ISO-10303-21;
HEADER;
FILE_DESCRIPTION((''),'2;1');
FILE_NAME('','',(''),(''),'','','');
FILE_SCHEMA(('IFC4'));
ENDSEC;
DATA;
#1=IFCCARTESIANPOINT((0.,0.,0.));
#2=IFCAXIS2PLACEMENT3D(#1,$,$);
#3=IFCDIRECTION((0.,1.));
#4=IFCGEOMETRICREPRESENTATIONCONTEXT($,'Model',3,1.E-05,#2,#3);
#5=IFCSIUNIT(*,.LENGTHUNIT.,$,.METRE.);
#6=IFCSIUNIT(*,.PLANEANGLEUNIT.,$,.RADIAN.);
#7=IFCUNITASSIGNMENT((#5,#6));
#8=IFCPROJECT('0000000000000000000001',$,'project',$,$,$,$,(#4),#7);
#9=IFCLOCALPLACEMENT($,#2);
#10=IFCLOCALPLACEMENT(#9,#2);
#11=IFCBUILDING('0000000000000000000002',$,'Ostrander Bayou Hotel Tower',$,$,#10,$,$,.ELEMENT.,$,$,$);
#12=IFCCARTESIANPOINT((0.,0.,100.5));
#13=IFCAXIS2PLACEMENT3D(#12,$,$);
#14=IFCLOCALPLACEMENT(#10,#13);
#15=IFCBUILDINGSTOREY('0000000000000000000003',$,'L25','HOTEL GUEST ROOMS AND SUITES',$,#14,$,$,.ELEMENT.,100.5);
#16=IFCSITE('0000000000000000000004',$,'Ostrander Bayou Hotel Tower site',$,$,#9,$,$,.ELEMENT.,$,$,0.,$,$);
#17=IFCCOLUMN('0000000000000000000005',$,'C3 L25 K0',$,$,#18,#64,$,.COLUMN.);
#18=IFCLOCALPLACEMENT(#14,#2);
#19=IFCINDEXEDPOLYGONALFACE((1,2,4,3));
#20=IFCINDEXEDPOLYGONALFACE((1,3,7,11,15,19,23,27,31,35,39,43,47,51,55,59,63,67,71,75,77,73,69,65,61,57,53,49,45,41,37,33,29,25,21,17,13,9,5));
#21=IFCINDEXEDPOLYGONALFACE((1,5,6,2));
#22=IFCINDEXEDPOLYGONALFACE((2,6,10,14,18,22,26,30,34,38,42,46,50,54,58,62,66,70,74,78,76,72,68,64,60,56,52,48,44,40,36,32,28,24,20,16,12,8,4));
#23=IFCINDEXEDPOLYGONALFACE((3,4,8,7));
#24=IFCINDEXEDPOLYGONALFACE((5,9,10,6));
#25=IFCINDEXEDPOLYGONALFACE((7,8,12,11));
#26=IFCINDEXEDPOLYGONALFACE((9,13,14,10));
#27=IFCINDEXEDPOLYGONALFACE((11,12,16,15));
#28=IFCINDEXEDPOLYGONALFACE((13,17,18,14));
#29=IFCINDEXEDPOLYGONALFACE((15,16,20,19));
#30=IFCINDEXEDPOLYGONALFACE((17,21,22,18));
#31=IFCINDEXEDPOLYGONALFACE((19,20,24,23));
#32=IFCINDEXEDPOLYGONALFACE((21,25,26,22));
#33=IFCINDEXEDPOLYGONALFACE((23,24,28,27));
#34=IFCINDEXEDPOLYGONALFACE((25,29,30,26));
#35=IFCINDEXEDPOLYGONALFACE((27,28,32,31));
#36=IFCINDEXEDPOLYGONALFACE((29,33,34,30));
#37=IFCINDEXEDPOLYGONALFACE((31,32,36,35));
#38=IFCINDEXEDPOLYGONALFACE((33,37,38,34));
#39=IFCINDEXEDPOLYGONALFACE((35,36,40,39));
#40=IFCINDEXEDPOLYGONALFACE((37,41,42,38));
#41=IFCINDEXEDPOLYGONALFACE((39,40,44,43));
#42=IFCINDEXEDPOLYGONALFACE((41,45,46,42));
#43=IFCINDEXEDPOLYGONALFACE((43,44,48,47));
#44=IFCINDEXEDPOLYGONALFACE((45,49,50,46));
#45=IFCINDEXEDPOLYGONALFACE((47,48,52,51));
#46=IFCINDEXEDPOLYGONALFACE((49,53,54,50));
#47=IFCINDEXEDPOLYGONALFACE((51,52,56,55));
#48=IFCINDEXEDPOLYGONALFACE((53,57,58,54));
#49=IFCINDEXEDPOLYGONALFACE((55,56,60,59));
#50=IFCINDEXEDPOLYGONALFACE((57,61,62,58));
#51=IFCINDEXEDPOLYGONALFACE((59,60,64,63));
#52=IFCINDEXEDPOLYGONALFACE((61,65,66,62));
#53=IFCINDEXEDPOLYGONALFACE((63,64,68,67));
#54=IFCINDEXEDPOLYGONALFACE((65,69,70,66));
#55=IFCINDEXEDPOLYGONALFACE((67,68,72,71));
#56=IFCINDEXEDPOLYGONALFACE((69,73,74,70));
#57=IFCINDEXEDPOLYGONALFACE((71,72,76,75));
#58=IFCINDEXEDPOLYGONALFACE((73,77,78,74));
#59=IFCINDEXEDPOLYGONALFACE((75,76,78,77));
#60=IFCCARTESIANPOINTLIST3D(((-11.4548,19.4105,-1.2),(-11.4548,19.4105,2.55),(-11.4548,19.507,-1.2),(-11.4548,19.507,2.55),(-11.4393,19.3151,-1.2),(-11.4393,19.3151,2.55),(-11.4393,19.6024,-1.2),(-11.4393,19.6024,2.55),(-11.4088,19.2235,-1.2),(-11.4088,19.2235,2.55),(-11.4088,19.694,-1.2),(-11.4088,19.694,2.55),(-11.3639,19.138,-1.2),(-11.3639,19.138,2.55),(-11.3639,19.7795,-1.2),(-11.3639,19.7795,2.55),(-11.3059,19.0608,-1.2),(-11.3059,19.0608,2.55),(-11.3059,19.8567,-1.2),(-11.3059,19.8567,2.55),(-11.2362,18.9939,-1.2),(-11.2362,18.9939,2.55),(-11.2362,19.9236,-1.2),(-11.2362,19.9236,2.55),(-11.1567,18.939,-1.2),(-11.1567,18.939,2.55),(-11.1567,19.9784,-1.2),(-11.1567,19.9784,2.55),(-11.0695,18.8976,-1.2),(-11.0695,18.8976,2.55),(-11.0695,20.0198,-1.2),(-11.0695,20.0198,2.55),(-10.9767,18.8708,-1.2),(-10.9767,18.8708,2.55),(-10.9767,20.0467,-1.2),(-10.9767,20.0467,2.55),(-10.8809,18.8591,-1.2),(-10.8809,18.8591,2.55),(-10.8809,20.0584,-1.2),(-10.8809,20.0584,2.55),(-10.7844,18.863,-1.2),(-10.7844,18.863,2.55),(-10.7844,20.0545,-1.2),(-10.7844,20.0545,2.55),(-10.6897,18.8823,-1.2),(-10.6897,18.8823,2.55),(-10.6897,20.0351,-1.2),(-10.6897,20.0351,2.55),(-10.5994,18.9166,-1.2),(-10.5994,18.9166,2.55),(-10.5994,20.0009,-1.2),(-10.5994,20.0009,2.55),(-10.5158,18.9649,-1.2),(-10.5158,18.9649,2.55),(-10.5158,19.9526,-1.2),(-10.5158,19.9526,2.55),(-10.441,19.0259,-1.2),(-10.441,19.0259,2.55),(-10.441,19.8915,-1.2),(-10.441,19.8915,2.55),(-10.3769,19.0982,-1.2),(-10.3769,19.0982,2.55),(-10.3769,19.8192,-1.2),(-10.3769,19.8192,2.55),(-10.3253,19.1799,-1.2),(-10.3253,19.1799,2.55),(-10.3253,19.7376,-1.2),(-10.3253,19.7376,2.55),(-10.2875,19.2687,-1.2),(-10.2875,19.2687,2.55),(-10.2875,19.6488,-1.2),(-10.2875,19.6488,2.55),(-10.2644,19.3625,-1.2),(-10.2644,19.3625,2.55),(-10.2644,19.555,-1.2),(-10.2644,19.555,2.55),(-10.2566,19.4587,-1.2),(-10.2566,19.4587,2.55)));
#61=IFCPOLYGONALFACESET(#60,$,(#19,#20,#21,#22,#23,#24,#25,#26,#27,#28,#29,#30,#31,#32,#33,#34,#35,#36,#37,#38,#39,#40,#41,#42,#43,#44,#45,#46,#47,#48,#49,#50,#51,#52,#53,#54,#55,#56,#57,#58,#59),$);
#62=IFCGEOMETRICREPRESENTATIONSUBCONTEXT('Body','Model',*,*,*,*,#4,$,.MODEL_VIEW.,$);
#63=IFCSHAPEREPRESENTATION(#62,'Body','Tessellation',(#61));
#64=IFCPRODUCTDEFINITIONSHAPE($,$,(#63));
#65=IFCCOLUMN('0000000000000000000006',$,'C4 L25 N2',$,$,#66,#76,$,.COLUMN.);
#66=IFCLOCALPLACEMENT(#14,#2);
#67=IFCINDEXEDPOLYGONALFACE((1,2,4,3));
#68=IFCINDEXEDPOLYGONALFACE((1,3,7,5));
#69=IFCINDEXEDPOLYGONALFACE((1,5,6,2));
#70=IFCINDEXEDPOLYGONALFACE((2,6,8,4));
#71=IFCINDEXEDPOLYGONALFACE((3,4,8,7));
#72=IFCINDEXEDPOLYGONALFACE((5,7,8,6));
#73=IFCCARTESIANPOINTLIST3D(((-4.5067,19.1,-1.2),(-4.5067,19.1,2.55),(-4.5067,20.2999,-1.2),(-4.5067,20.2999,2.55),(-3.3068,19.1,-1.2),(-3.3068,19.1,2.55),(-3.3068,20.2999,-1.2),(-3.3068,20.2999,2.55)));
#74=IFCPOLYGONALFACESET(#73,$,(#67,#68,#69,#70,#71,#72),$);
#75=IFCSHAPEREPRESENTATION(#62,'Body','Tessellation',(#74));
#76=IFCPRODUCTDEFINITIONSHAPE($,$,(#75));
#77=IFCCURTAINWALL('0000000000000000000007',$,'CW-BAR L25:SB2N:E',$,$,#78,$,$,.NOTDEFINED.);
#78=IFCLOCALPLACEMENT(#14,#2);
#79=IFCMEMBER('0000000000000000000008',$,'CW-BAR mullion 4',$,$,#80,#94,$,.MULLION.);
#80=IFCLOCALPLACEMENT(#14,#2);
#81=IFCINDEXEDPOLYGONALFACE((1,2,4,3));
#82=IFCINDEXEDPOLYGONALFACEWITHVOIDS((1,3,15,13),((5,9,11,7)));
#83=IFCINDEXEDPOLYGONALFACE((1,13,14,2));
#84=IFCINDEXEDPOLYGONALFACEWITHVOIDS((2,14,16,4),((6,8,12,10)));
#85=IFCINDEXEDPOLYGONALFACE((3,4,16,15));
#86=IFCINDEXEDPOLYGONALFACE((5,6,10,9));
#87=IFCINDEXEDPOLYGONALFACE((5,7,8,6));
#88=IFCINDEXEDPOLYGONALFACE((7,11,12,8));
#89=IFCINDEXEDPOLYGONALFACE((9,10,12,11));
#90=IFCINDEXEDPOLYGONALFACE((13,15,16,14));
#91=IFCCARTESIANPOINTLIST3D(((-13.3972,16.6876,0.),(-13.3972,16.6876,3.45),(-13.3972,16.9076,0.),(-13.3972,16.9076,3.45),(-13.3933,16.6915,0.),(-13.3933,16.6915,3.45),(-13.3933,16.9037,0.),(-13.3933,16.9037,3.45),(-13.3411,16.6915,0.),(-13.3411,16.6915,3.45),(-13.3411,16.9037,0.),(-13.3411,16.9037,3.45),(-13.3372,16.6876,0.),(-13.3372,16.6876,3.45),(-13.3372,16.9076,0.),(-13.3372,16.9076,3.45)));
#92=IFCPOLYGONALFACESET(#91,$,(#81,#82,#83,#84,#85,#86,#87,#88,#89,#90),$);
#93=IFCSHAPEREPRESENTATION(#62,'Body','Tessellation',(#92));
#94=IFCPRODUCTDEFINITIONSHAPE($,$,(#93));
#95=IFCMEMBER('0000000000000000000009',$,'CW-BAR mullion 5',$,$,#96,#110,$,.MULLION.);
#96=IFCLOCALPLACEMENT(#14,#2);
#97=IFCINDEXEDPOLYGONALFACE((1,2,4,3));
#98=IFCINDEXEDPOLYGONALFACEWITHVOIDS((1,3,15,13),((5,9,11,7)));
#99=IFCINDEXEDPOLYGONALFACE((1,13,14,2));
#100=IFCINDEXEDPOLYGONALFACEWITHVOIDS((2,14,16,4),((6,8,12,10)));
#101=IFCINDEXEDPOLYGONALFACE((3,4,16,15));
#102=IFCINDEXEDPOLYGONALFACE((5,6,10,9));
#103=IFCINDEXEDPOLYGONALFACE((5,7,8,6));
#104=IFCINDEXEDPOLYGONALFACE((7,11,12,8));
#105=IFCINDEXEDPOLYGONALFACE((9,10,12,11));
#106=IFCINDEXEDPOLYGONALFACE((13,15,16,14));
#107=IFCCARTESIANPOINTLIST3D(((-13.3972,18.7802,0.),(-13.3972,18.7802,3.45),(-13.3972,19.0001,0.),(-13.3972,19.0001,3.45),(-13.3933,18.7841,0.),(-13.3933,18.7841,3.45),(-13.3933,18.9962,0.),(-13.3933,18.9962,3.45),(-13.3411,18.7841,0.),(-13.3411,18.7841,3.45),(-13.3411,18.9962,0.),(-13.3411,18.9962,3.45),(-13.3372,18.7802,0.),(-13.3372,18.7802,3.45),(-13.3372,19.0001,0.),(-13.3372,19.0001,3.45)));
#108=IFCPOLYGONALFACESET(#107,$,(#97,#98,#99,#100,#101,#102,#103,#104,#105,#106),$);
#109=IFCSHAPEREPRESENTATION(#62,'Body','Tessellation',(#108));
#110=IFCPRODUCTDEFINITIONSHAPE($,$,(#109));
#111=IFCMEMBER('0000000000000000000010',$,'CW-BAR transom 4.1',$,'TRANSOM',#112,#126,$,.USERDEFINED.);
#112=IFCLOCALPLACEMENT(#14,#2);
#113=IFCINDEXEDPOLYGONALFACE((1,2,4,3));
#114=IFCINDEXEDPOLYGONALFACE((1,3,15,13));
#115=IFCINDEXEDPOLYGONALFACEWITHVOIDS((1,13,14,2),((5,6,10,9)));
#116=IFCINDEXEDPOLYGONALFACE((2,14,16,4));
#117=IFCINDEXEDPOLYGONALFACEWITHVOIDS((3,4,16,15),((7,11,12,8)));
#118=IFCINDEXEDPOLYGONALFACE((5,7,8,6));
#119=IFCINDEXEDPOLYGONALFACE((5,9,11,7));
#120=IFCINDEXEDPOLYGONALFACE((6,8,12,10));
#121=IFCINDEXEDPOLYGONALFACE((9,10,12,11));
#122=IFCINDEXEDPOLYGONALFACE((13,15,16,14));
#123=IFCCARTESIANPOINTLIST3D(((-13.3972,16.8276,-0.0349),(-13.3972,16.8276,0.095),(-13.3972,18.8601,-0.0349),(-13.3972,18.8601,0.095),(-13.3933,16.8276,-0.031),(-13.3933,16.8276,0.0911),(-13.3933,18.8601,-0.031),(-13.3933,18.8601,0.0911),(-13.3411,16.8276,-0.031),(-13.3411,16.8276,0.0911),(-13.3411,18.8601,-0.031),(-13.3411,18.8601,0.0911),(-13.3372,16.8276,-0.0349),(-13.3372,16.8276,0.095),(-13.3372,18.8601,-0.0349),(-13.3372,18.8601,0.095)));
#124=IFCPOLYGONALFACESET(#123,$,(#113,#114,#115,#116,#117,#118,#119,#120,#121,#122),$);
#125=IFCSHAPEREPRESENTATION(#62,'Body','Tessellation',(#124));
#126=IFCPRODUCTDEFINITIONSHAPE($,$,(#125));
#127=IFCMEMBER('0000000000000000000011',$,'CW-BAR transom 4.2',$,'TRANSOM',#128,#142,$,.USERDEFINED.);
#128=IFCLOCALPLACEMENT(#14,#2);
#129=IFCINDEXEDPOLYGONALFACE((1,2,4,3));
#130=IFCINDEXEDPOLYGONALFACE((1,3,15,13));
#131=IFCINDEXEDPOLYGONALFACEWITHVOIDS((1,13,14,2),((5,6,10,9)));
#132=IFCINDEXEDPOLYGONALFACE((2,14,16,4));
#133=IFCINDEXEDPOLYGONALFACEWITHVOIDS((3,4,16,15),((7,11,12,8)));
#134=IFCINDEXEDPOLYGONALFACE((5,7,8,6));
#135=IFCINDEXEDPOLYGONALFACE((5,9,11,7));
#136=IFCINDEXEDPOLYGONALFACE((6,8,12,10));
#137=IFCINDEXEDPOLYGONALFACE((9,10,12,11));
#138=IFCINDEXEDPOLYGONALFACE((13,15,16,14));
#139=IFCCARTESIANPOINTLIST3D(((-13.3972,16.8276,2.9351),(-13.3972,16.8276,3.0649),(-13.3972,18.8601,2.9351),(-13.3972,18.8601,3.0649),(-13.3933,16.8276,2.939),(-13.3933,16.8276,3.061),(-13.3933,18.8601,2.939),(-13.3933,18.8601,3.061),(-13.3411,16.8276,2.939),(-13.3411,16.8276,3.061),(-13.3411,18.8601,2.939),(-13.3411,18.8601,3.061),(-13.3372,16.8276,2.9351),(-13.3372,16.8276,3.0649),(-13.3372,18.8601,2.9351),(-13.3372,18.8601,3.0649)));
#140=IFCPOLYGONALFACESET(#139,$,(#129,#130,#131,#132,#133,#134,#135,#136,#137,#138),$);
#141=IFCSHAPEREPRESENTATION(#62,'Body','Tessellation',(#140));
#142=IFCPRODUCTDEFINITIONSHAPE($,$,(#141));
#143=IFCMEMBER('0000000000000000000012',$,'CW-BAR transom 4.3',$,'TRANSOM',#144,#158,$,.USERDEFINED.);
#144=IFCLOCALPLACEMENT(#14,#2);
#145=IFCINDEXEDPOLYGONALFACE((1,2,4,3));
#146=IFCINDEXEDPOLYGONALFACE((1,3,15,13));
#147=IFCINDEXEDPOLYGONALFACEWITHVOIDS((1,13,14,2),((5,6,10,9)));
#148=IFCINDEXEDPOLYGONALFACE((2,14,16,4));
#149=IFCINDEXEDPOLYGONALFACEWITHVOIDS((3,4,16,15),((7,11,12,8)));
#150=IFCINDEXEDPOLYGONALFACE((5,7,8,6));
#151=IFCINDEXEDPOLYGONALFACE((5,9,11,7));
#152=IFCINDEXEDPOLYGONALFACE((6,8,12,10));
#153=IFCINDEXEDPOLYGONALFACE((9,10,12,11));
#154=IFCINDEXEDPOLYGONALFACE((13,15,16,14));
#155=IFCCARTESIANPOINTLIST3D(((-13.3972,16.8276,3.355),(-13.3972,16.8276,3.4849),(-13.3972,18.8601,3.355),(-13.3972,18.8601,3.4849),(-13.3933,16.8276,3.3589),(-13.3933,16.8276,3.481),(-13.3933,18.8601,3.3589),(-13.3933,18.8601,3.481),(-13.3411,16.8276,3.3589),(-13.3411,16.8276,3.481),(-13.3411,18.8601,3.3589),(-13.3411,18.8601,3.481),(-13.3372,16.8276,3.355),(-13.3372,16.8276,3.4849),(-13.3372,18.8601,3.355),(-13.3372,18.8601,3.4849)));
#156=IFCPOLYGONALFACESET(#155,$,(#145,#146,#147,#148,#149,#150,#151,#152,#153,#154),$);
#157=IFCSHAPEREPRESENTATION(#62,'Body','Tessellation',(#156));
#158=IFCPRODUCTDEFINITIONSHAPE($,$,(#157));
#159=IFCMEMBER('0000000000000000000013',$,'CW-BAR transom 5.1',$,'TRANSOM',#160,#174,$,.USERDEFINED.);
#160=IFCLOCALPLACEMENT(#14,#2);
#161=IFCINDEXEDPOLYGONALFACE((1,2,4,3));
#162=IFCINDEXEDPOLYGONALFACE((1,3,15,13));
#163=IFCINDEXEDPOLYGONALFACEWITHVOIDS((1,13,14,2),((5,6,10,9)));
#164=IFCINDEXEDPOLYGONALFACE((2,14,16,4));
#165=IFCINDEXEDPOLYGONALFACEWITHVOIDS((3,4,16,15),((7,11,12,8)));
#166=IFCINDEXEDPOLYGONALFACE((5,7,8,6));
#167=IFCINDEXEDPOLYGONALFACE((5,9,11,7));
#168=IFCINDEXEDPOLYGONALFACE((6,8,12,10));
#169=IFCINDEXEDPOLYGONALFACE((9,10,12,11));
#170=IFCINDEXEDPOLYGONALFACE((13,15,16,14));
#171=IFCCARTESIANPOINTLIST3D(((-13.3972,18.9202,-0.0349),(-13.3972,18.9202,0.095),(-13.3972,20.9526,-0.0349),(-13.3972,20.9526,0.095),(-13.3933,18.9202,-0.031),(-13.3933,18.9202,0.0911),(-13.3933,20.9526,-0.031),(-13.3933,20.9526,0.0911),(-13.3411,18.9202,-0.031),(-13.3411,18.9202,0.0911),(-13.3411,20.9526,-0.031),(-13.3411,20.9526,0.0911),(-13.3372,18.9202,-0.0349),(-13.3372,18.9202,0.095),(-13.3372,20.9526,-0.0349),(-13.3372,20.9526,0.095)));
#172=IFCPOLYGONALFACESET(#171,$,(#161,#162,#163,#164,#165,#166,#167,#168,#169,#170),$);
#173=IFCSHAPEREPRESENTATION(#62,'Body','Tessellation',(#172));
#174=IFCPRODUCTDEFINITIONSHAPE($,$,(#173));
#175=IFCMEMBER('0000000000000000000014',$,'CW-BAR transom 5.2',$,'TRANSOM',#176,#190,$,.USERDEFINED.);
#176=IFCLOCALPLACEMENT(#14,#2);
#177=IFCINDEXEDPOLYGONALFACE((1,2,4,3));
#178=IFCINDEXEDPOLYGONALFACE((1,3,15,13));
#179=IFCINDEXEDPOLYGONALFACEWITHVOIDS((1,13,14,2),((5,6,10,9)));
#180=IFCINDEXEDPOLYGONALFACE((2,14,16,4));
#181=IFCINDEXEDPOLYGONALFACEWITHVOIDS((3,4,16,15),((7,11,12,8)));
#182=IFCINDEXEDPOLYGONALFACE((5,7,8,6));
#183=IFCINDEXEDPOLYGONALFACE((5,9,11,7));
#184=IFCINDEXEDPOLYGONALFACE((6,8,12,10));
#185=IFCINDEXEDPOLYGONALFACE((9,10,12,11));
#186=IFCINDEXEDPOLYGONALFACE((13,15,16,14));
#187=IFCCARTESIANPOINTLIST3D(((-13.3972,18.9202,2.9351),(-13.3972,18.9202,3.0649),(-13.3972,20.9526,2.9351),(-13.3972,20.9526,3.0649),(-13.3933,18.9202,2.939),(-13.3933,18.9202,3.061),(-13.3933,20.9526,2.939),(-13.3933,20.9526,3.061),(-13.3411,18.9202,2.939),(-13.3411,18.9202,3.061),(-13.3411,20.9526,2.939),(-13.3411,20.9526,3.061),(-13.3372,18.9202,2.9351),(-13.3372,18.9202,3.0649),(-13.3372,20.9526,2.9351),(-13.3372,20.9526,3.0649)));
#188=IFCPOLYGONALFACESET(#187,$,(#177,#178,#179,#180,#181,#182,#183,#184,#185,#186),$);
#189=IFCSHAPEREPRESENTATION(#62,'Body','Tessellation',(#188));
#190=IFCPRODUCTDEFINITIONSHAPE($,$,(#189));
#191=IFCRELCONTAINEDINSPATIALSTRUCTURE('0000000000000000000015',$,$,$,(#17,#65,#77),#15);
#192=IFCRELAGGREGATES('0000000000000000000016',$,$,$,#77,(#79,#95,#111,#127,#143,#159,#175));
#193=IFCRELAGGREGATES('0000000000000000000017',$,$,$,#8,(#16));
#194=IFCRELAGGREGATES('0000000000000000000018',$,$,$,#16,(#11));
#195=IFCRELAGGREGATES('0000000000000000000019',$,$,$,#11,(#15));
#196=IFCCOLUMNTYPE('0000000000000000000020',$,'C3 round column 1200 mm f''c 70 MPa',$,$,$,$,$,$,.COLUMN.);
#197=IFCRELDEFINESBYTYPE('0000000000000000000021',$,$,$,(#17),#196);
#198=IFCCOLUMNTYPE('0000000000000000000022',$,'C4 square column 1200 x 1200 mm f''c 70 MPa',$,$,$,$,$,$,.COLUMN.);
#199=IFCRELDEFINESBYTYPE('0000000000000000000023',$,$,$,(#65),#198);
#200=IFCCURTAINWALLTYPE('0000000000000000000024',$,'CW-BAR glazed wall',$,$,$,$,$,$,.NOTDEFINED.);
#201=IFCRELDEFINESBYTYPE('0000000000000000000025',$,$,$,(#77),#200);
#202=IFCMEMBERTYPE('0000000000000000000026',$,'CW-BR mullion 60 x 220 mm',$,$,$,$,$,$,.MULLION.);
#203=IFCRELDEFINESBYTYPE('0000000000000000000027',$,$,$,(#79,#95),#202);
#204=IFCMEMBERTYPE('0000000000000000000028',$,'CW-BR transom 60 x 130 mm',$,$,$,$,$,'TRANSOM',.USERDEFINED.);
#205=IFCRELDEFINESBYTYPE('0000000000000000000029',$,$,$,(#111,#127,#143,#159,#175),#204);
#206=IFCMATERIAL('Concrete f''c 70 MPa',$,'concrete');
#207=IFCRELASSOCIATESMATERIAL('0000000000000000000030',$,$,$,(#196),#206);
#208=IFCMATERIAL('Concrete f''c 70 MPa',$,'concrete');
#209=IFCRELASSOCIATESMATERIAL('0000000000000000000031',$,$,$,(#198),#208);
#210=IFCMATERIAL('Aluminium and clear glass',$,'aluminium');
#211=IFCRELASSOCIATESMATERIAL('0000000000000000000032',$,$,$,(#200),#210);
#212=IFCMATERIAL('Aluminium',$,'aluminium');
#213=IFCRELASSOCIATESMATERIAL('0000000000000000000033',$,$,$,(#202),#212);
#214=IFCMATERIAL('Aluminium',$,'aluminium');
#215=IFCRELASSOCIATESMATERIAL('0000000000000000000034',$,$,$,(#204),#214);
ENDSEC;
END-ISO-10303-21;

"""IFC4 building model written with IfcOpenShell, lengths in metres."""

from ifc_helpers import new_model, si_unit, direction, frame, origin, origin_2d, place, context, subcontext, project, spatial, rectangle, hollow_rectangle, circle, extrude, material, material_profile, profile_set, type_object, element, aggregate, save


model = new_model("IFC4")

# Units and contexts
model_context = context("Model", 3, precision=1e-05, world=origin(), true_north=direction((0.0, 1.0)))
body_context = subcontext(model_context, "Body", "Model", "MODEL_VIEW")
ifc_project = project(units=[si_unit("LENGTHUNIT", "METRE"), si_unit("PLANEANGLEUNIT", "RADIAN")], contexts=[model_context])

# Site, building, storey
site_placement = place(None, origin())
site = spatial("IfcSite", under=ifc_project, at=site_placement, Name="Ostrander Bayou Hotel Tower site", CompositionType="ELEMENT", RefElevation=0.0)
building_placement = place(site_placement, origin())
building = spatial("IfcBuilding", under=site, at=building_placement, Name="Ostrander Bayou Hotel Tower", CompositionType="ELEMENT")
storey_placement = place(building_placement, frame((0.0, 0.0, 100.5)))
storey = spatial("IfcBuildingStorey", under=building, at=storey_placement, Name="L25", Description="HOTEL GUEST ROOMS AND SUITES", CompositionType="ELEMENT", Elevation=100.5)

# Columns
ifc_material_1 = material(Name="Concrete f'c 70 MPa", Category="concrete")
ifc_material_profile_1 = material_profile(ifc_material_1, circle(Radius=0.6001, at=origin_2d()))
ifc_profile_set_1 = profile_set([ifc_material_profile_1], Name="Concrete f'c 70 MPa")
column_type_1 = type_object("IfcColumnType", Name="C3 round column 1200 mm f'c 70 MPa", PredefinedType="COLUMN", material=ifc_profile_set_1)
column_1_placement = place(storey_placement, frame((-10.8567, 19.4587, -1.2), z_axis=(0.0, 0.0, 1.0), x_axis=(1.0, 0.0, 0.0)))
element("IfcColumn", 1, at=column_1_placement, inside=storey, type_object=column_type_1, Name="C3 L25 K0", PredefinedType="COLUMN", context=body_context, shape_type="SweptSolid", body=[
    extrude(circle(Radius=0.6001, at=origin_2d()), origin(), (0.0, 0.0, 1.0), 3.75),
])
ifc_material_2 = material(Name="Concrete f'c 70 MPa", Category="concrete")
ifc_material_profile_2 = material_profile(ifc_material_2, rectangle(XDim=1.2, YDim=1.2, at=origin_2d()))
ifc_profile_set_2 = profile_set([ifc_material_profile_2], Name="Concrete f'c 70 MPa")
column_type_2 = type_object("IfcColumnType", Name="C4 square column 1200 x 1200 mm f'c 70 MPa", PredefinedType="COLUMN", material=ifc_profile_set_2)
column_2_placement = place(storey_placement, frame((-3.9067, 19.7, -1.2), z_axis=(0.0, 0.0, 1.0), x_axis=(1.0, 0.0, 0.0)))
element("IfcColumn", 2, at=column_2_placement, inside=storey, type_object=column_type_2, Name="C4 L25 N2", PredefinedType="COLUMN", context=body_context, shape_type="SweptSolid", body=[
    extrude(rectangle(XDim=1.2, YDim=1.2, at=origin_2d()), origin(), (0.0, 0.0, 1.0), 3.75),
])

# Curtain wall, members
ifc_material_3 = material(Name="Aluminium and clear glass", Category="aluminium")
curtain_wall_type = type_object("IfcCurtainWallType", Name="CW-BAR glazed wall", PredefinedType="NOTDEFINED", material=ifc_material_3)
curtain_wall_placement = place(storey_placement, origin())
curtain_wall = element("IfcCurtainWall", 3, at=curtain_wall_placement, inside=storey, type_object=curtain_wall_type, Name="CW-BAR L25:SB2N:E", PredefinedType="NOTDEFINED")
ifc_material_4 = material(Name="Aluminium", Category="aluminium")
ifc_material_profile_3 = material_profile(ifc_material_4, hollow_rectangle(XDim=0.0601, YDim=0.22, WallThickness=0.0039, at=origin_2d()))
ifc_profile_set_3 = profile_set([ifc_material_profile_3], Name="Aluminium")
member_type_1 = type_object("IfcMemberType", Name="CW-BR mullion 60 x 220 mm", PredefinedType="MULLION", material=ifc_profile_set_3)
member_1_placement = place(storey_placement, frame((-13.3672, 16.7976, 0.0), z_axis=(0.0, 0.0, 1.0), x_axis=(-1.0, 0.0, 0.0)))
member_1 = element("IfcMember", 4, at=member_1_placement, type_object=member_type_1, Name="CW-BAR mullion 4", PredefinedType="MULLION", context=body_context, shape_type="SweptSolid", body=[
    extrude(hollow_rectangle(XDim=0.0601, YDim=0.22, WallThickness=0.0039, at=origin_2d()), origin(), (0.0, 0.0, 1.0), 3.45),
])
member_2_placement = place(storey_placement, frame((-13.3672, 18.8901, 0.0), z_axis=(0.0, 0.0, 1.0), x_axis=(-1.0, 0.0, 0.0)))
member_2 = element("IfcMember", 5, at=member_2_placement, type_object=member_type_1, Name="CW-BAR mullion 5", PredefinedType="MULLION", context=body_context, shape_type="SweptSolid", body=[
    extrude(hollow_rectangle(XDim=0.0601, YDim=0.22, WallThickness=0.0039, at=origin_2d()), origin(), (0.0, 0.0, 1.0), 3.45),
])
ifc_material_5 = material(Name="Aluminium", Category="aluminium")
ifc_material_profile_4 = material_profile(ifc_material_5, hollow_rectangle(XDim=0.0601, YDim=0.1299, WallThickness=0.0039, at=origin_2d()))
ifc_profile_set_4 = profile_set([ifc_material_profile_4], Name="Aluminium")
member_type_2 = type_object("IfcMemberType", Name="CW-BR transom 60 x 130 mm", ElementType="TRANSOM", PredefinedType="USERDEFINED", material=ifc_profile_set_4)
member_3_placement = place(storey_placement, frame((-13.3672, 16.8276, 0.03), z_axis=(0.0, 1.0, 0.0), x_axis=(-1.0, 0.0, 0.0)))
member_3 = element("IfcMember", 6, at=member_3_placement, type_object=member_type_2, Name="CW-BAR transom 4.1", ObjectType="TRANSOM", PredefinedType="USERDEFINED", context=body_context, shape_type="SweptSolid", body=[
    extrude(hollow_rectangle(XDim=0.0601, YDim=0.1299, WallThickness=0.0039, at=origin_2d()), origin(), (0.0, 0.0, 1.0), 2.0325),
])
member_4_placement = place(storey_placement, frame((-13.3672, 16.8276, 3.0), z_axis=(0.0, 1.0, 0.0), x_axis=(-1.0, 0.0, 0.0)))
member_4 = element("IfcMember", 7, at=member_4_placement, type_object=member_type_2, Name="CW-BAR transom 4.2", ObjectType="TRANSOM", PredefinedType="USERDEFINED", context=body_context, shape_type="SweptSolid", body=[
    extrude(hollow_rectangle(XDim=0.0601, YDim=0.1299, WallThickness=0.0039, at=origin_2d()), origin(), (0.0, 0.0, 1.0), 2.0325),
])
member_5_placement = place(storey_placement, frame((-13.3672, 16.8276, 3.4199), z_axis=(0.0, 1.0, 0.0), x_axis=(-1.0, 0.0, 0.0)))
member_5 = element("IfcMember", 8, at=member_5_placement, type_object=member_type_2, Name="CW-BAR transom 4.3", ObjectType="TRANSOM", PredefinedType="USERDEFINED", context=body_context, shape_type="SweptSolid", body=[
    extrude(hollow_rectangle(XDim=0.0601, YDim=0.1299, WallThickness=0.0039, at=origin_2d()), origin(), (0.0, 0.0, 1.0), 2.0325),
])
member_6_placement = place(storey_placement, frame((-13.3672, 18.9202, 0.03), z_axis=(0.0, 1.0, 0.0), x_axis=(-1.0, 0.0, 0.0)))
member_6 = element("IfcMember", 9, at=member_6_placement, type_object=member_type_2, Name="CW-BAR transom 5.1", ObjectType="TRANSOM", PredefinedType="USERDEFINED", context=body_context, shape_type="SweptSolid", body=[
    extrude(hollow_rectangle(XDim=0.0601, YDim=0.1299, WallThickness=0.0039, at=origin_2d()), origin(), (0.0, 0.0, 1.0), 2.0325),
])
member_7_placement = place(storey_placement, frame((-13.3672, 18.9202, 3.0), z_axis=(0.0, 1.0, 0.0), x_axis=(-1.0, 0.0, 0.0)))
member_7 = element("IfcMember", 10, at=member_7_placement, type_object=member_type_2, Name="CW-BAR transom 5.2", ObjectType="TRANSOM", PredefinedType="USERDEFINED", context=body_context, shape_type="SweptSolid", body=[
    extrude(hollow_rectangle(XDim=0.0601, YDim=0.1299, WallThickness=0.0039, at=origin_2d()), origin(), (0.0, 0.0, 1.0), 2.0325),
])

aggregate(curtain_wall, [member_1, member_2, member_3, member_4, member_5, member_6, member_7])

save(model, "model.ifc")
